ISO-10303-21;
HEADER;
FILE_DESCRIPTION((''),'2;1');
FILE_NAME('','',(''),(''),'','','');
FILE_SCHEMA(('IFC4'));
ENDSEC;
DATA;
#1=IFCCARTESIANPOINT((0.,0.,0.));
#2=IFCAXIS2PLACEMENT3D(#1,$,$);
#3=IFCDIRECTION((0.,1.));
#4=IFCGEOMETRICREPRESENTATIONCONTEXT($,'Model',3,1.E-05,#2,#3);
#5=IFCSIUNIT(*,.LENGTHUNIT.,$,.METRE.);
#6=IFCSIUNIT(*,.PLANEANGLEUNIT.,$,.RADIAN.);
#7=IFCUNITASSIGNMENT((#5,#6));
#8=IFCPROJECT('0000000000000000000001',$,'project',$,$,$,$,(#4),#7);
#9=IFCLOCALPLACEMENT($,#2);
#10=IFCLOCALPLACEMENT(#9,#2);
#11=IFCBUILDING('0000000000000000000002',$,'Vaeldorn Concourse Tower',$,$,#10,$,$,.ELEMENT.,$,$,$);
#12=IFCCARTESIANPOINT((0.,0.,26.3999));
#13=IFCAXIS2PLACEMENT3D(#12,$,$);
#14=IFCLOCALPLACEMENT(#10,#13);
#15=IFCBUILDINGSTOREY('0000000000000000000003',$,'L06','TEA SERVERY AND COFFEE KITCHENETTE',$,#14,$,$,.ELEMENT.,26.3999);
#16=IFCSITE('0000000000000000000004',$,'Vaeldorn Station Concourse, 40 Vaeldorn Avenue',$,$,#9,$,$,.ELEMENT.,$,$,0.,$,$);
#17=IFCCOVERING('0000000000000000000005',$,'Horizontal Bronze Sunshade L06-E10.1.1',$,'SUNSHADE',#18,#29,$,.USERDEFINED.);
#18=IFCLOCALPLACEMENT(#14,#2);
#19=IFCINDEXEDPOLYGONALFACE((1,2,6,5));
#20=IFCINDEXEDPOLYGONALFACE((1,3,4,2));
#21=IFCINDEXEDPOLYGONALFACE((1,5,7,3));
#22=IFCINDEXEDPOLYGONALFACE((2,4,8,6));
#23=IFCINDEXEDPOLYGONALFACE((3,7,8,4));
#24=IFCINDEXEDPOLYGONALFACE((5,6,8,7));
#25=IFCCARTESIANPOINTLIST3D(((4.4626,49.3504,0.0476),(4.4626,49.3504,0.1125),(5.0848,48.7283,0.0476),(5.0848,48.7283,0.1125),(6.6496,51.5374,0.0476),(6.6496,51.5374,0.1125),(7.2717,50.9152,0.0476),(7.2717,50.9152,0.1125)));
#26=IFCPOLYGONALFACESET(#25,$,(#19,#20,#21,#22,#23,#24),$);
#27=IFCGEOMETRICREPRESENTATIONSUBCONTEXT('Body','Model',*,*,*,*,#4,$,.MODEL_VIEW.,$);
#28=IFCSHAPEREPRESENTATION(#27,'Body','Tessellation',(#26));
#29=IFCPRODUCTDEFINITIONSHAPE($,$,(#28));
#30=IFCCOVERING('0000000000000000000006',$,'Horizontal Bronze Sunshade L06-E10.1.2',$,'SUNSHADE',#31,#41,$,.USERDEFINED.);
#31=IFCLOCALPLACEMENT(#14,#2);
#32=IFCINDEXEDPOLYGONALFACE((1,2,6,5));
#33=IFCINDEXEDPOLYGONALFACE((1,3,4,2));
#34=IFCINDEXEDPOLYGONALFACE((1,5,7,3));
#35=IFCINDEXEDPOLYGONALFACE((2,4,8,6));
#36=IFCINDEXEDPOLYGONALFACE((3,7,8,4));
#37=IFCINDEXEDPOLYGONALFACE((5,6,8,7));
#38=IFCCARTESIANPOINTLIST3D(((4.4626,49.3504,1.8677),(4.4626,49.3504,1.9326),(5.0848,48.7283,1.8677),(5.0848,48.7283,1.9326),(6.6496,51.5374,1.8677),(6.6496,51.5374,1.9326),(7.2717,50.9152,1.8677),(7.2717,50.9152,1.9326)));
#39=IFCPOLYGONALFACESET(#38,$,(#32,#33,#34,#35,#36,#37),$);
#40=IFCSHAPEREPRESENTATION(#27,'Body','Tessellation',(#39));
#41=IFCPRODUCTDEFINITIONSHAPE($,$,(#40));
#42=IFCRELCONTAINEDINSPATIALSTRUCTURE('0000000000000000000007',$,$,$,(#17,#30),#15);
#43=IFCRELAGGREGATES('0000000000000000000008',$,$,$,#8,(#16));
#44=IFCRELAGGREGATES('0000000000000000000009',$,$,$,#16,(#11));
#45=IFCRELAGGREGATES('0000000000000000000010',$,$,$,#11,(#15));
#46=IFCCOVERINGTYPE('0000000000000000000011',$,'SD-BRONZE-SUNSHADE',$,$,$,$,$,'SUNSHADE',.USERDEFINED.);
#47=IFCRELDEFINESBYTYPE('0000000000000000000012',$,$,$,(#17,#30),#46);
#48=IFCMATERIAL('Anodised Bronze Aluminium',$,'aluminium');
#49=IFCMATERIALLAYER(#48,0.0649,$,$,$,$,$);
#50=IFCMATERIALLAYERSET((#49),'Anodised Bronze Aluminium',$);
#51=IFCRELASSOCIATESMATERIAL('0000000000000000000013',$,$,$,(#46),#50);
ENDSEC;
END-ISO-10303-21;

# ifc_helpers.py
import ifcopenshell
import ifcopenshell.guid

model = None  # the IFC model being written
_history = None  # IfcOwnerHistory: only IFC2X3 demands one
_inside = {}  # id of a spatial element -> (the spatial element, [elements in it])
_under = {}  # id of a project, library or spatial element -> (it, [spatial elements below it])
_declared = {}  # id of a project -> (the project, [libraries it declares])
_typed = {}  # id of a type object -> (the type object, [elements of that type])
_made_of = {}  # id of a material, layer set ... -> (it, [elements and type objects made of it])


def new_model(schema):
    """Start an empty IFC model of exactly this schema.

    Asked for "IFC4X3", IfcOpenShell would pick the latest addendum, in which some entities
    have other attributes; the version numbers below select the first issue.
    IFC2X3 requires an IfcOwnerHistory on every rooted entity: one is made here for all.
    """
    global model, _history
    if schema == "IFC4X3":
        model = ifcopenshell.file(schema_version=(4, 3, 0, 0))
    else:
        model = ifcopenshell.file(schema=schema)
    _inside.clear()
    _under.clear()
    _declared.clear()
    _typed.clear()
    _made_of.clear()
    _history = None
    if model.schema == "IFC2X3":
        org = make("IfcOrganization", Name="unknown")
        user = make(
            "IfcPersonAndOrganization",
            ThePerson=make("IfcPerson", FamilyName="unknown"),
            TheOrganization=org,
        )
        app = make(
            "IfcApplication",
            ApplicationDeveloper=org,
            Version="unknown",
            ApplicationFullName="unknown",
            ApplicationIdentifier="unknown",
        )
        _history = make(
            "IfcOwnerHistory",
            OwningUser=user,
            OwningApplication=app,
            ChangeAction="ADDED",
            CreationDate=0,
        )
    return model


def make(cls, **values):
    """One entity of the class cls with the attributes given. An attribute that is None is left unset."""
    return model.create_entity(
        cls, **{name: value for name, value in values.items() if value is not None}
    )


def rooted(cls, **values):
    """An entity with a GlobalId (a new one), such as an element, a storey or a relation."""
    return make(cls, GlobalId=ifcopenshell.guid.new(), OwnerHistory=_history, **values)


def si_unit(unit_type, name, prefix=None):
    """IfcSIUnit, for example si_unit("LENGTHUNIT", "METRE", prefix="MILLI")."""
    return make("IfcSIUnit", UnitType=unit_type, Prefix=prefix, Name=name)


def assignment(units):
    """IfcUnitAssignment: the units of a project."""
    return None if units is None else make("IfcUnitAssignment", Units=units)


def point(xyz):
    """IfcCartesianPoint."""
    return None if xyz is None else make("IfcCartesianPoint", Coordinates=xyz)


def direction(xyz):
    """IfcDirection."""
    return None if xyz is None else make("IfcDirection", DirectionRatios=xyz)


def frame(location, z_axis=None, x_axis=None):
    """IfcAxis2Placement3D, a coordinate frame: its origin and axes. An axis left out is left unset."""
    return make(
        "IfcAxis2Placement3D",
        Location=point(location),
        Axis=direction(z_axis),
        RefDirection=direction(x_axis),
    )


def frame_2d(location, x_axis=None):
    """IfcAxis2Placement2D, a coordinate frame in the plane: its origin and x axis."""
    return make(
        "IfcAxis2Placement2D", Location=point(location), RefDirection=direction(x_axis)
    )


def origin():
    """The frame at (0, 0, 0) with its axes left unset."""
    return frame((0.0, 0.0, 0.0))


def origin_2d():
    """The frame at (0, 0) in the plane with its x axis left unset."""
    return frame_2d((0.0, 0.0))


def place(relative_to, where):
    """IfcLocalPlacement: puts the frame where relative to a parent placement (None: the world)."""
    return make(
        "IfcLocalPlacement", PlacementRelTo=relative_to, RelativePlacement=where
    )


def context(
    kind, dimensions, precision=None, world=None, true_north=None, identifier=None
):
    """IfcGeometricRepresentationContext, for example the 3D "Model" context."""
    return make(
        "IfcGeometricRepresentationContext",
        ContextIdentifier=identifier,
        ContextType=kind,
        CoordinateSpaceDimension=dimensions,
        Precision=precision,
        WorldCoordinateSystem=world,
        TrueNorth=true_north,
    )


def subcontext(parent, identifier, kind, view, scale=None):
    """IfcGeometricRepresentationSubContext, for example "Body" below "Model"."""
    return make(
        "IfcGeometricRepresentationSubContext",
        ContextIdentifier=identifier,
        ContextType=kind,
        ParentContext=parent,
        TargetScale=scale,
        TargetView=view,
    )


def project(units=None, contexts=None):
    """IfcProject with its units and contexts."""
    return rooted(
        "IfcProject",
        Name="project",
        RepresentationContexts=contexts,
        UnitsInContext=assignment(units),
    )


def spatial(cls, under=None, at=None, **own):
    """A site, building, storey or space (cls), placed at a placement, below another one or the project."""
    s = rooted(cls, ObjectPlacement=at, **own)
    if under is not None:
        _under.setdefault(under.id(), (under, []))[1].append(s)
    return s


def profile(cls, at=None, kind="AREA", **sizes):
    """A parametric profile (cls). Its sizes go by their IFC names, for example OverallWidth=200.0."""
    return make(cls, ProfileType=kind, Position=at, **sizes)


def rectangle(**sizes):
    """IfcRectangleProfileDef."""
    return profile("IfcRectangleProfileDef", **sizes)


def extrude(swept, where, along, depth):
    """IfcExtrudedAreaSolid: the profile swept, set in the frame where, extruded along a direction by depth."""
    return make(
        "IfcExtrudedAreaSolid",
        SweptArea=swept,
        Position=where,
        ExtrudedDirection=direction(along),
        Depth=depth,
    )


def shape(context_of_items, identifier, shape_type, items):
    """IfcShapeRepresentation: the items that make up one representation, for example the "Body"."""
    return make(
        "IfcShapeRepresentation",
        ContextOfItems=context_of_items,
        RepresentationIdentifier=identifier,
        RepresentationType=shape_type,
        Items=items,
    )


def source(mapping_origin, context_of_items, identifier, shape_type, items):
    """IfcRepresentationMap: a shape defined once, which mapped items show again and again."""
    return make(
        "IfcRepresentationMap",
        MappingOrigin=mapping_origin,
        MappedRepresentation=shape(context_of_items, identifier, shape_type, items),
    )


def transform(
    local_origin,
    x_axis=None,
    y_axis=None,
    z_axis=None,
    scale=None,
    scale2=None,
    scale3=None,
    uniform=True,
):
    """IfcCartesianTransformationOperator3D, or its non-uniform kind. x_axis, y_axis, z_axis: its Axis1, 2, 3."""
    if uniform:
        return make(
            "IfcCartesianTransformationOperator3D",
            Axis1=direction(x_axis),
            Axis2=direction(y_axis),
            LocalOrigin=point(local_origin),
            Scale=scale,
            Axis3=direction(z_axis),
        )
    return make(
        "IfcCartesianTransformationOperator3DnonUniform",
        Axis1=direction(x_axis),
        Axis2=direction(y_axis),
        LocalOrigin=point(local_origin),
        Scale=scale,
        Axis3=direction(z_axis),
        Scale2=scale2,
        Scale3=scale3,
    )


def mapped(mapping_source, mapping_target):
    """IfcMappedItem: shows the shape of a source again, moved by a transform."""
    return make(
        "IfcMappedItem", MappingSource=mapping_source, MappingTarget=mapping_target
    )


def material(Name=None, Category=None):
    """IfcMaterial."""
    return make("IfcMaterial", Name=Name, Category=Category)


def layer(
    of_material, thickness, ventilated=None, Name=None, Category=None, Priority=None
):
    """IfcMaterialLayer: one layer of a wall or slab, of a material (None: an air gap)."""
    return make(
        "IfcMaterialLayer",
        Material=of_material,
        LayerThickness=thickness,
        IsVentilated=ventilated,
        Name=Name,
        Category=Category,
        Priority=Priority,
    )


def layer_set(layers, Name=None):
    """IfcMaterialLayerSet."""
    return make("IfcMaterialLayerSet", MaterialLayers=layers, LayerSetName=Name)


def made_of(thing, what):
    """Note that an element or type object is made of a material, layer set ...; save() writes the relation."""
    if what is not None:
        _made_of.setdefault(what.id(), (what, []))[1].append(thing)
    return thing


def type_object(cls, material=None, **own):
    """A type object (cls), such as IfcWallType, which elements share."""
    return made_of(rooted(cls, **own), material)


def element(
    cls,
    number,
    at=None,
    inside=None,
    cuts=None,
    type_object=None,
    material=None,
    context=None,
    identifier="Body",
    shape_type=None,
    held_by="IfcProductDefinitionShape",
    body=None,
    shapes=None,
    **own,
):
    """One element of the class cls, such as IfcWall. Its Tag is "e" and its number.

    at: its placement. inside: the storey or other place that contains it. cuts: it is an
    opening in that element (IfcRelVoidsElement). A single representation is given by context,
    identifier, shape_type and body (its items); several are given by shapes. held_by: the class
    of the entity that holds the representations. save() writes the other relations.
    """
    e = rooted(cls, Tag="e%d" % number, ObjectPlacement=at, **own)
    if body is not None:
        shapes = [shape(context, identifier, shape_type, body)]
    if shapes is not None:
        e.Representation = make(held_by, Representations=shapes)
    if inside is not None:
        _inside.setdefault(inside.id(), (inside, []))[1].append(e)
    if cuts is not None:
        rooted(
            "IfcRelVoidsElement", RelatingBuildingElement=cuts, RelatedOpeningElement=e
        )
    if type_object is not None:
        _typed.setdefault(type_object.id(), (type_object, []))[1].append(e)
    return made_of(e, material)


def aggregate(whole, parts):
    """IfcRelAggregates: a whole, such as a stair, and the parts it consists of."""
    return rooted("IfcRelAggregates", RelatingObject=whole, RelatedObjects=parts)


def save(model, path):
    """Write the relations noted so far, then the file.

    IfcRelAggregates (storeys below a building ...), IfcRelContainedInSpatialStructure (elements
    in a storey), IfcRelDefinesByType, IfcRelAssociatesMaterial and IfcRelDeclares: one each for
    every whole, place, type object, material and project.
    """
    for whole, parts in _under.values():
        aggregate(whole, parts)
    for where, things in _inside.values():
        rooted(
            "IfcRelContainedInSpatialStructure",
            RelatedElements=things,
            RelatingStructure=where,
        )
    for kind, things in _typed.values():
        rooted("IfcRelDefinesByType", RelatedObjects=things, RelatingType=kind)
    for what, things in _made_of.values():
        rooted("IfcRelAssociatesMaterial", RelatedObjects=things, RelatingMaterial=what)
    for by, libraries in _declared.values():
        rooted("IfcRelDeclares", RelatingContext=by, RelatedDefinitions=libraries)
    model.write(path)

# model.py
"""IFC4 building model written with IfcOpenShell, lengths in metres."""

from ifc_helpers import new_model, si_unit, direction, frame, origin, origin_2d, place, context, subcontext, project, spatial, rectangle, extrude, source, transform, mapped, material, layer, layer_set, type_object, element, save


model = new_model("IFC4")

# Units and contexts
model_context = context("Model", 3, precision=1e-05, world=origin(), true_north=direction((0.0, 1.0)))
body_context = subcontext(model_context, "Body", "Model", "MODEL_VIEW")
ifc_project = project(units=[si_unit("LENGTHUNIT", "METRE"), si_unit("PLANEANGLEUNIT", "RADIAN")], contexts=[model_context])

# Site, building, storey
site_placement = place(None, origin())
site = spatial("IfcSite", under=ifc_project, at=site_placement, Name="Vaeldorn Station Concourse, 40 Vaeldorn Avenue", CompositionType="ELEMENT", RefElevation=0.0)
building_placement = place(site_placement, origin())
building = spatial("IfcBuilding", under=site, at=building_placement, Name="Vaeldorn Concourse Tower", CompositionType="ELEMENT")
storey_placement = place(building_placement, frame((0.0, 0.0, 26.3999)))
storey = spatial("IfcBuildingStorey", under=building, at=storey_placement, Name="L06", Description="TEA SERVERY AND COFFEE KITCHENETTE", CompositionType="ELEMENT", Elevation=26.3999)

# Shared definitions
ifc_material_1 = material(Name="Anodised Bronze Aluminium", Category="aluminium")

# Coverings
ifc_layer_1 = layer(ifc_material_1, 0.0649)
ifc_layer_set_1 = layer_set([ifc_layer_1], Name="Anodised Bronze Aluminium")
covering_type = type_object("IfcCoveringType", Name="SD-BRONZE-SUNSHADE", ElementType="SUNSHADE", PredefinedType="USERDEFINED", material=ifc_layer_set_1)
shared_shape_1 = source(origin(), body_context, "Body", "SweptSolid", [
    extrude(rectangle(XDim=3.0928, YDim=0.8799, at=origin_2d()), origin(), (0.0, 0.0, 1.0), 0.0649),
])
for number, where, z_axis, x_axis, name in (
    (1, (5.8672, 50.1328, 0.0476), (0.0, 0.0, 1.0), (-0.707107, -0.707107, 0.0), "Horizontal Bronze Sunshade L06-E10.1.1"),
    (2, (5.8672, 50.1328, 1.8677), (0.0, 0.0, 1.0), (-0.707107, -0.707107, 0.0), "Horizontal Bronze Sunshade L06-E10.1.2"),
):
    element("IfcCovering", number, at=place(storey_placement, frame(where, z_axis=z_axis, x_axis=x_axis)), inside=storey, type_object=covering_type, Name=name, ObjectType="SUNSHADE", PredefinedType="USERDEFINED", context=body_context, shape_type="MappedRepresentation", body=[
        mapped(shared_shape_1, transform((0.0, 0.0, 0.0), scale=1.0)),
    ])

save(model, "model.ifc")
